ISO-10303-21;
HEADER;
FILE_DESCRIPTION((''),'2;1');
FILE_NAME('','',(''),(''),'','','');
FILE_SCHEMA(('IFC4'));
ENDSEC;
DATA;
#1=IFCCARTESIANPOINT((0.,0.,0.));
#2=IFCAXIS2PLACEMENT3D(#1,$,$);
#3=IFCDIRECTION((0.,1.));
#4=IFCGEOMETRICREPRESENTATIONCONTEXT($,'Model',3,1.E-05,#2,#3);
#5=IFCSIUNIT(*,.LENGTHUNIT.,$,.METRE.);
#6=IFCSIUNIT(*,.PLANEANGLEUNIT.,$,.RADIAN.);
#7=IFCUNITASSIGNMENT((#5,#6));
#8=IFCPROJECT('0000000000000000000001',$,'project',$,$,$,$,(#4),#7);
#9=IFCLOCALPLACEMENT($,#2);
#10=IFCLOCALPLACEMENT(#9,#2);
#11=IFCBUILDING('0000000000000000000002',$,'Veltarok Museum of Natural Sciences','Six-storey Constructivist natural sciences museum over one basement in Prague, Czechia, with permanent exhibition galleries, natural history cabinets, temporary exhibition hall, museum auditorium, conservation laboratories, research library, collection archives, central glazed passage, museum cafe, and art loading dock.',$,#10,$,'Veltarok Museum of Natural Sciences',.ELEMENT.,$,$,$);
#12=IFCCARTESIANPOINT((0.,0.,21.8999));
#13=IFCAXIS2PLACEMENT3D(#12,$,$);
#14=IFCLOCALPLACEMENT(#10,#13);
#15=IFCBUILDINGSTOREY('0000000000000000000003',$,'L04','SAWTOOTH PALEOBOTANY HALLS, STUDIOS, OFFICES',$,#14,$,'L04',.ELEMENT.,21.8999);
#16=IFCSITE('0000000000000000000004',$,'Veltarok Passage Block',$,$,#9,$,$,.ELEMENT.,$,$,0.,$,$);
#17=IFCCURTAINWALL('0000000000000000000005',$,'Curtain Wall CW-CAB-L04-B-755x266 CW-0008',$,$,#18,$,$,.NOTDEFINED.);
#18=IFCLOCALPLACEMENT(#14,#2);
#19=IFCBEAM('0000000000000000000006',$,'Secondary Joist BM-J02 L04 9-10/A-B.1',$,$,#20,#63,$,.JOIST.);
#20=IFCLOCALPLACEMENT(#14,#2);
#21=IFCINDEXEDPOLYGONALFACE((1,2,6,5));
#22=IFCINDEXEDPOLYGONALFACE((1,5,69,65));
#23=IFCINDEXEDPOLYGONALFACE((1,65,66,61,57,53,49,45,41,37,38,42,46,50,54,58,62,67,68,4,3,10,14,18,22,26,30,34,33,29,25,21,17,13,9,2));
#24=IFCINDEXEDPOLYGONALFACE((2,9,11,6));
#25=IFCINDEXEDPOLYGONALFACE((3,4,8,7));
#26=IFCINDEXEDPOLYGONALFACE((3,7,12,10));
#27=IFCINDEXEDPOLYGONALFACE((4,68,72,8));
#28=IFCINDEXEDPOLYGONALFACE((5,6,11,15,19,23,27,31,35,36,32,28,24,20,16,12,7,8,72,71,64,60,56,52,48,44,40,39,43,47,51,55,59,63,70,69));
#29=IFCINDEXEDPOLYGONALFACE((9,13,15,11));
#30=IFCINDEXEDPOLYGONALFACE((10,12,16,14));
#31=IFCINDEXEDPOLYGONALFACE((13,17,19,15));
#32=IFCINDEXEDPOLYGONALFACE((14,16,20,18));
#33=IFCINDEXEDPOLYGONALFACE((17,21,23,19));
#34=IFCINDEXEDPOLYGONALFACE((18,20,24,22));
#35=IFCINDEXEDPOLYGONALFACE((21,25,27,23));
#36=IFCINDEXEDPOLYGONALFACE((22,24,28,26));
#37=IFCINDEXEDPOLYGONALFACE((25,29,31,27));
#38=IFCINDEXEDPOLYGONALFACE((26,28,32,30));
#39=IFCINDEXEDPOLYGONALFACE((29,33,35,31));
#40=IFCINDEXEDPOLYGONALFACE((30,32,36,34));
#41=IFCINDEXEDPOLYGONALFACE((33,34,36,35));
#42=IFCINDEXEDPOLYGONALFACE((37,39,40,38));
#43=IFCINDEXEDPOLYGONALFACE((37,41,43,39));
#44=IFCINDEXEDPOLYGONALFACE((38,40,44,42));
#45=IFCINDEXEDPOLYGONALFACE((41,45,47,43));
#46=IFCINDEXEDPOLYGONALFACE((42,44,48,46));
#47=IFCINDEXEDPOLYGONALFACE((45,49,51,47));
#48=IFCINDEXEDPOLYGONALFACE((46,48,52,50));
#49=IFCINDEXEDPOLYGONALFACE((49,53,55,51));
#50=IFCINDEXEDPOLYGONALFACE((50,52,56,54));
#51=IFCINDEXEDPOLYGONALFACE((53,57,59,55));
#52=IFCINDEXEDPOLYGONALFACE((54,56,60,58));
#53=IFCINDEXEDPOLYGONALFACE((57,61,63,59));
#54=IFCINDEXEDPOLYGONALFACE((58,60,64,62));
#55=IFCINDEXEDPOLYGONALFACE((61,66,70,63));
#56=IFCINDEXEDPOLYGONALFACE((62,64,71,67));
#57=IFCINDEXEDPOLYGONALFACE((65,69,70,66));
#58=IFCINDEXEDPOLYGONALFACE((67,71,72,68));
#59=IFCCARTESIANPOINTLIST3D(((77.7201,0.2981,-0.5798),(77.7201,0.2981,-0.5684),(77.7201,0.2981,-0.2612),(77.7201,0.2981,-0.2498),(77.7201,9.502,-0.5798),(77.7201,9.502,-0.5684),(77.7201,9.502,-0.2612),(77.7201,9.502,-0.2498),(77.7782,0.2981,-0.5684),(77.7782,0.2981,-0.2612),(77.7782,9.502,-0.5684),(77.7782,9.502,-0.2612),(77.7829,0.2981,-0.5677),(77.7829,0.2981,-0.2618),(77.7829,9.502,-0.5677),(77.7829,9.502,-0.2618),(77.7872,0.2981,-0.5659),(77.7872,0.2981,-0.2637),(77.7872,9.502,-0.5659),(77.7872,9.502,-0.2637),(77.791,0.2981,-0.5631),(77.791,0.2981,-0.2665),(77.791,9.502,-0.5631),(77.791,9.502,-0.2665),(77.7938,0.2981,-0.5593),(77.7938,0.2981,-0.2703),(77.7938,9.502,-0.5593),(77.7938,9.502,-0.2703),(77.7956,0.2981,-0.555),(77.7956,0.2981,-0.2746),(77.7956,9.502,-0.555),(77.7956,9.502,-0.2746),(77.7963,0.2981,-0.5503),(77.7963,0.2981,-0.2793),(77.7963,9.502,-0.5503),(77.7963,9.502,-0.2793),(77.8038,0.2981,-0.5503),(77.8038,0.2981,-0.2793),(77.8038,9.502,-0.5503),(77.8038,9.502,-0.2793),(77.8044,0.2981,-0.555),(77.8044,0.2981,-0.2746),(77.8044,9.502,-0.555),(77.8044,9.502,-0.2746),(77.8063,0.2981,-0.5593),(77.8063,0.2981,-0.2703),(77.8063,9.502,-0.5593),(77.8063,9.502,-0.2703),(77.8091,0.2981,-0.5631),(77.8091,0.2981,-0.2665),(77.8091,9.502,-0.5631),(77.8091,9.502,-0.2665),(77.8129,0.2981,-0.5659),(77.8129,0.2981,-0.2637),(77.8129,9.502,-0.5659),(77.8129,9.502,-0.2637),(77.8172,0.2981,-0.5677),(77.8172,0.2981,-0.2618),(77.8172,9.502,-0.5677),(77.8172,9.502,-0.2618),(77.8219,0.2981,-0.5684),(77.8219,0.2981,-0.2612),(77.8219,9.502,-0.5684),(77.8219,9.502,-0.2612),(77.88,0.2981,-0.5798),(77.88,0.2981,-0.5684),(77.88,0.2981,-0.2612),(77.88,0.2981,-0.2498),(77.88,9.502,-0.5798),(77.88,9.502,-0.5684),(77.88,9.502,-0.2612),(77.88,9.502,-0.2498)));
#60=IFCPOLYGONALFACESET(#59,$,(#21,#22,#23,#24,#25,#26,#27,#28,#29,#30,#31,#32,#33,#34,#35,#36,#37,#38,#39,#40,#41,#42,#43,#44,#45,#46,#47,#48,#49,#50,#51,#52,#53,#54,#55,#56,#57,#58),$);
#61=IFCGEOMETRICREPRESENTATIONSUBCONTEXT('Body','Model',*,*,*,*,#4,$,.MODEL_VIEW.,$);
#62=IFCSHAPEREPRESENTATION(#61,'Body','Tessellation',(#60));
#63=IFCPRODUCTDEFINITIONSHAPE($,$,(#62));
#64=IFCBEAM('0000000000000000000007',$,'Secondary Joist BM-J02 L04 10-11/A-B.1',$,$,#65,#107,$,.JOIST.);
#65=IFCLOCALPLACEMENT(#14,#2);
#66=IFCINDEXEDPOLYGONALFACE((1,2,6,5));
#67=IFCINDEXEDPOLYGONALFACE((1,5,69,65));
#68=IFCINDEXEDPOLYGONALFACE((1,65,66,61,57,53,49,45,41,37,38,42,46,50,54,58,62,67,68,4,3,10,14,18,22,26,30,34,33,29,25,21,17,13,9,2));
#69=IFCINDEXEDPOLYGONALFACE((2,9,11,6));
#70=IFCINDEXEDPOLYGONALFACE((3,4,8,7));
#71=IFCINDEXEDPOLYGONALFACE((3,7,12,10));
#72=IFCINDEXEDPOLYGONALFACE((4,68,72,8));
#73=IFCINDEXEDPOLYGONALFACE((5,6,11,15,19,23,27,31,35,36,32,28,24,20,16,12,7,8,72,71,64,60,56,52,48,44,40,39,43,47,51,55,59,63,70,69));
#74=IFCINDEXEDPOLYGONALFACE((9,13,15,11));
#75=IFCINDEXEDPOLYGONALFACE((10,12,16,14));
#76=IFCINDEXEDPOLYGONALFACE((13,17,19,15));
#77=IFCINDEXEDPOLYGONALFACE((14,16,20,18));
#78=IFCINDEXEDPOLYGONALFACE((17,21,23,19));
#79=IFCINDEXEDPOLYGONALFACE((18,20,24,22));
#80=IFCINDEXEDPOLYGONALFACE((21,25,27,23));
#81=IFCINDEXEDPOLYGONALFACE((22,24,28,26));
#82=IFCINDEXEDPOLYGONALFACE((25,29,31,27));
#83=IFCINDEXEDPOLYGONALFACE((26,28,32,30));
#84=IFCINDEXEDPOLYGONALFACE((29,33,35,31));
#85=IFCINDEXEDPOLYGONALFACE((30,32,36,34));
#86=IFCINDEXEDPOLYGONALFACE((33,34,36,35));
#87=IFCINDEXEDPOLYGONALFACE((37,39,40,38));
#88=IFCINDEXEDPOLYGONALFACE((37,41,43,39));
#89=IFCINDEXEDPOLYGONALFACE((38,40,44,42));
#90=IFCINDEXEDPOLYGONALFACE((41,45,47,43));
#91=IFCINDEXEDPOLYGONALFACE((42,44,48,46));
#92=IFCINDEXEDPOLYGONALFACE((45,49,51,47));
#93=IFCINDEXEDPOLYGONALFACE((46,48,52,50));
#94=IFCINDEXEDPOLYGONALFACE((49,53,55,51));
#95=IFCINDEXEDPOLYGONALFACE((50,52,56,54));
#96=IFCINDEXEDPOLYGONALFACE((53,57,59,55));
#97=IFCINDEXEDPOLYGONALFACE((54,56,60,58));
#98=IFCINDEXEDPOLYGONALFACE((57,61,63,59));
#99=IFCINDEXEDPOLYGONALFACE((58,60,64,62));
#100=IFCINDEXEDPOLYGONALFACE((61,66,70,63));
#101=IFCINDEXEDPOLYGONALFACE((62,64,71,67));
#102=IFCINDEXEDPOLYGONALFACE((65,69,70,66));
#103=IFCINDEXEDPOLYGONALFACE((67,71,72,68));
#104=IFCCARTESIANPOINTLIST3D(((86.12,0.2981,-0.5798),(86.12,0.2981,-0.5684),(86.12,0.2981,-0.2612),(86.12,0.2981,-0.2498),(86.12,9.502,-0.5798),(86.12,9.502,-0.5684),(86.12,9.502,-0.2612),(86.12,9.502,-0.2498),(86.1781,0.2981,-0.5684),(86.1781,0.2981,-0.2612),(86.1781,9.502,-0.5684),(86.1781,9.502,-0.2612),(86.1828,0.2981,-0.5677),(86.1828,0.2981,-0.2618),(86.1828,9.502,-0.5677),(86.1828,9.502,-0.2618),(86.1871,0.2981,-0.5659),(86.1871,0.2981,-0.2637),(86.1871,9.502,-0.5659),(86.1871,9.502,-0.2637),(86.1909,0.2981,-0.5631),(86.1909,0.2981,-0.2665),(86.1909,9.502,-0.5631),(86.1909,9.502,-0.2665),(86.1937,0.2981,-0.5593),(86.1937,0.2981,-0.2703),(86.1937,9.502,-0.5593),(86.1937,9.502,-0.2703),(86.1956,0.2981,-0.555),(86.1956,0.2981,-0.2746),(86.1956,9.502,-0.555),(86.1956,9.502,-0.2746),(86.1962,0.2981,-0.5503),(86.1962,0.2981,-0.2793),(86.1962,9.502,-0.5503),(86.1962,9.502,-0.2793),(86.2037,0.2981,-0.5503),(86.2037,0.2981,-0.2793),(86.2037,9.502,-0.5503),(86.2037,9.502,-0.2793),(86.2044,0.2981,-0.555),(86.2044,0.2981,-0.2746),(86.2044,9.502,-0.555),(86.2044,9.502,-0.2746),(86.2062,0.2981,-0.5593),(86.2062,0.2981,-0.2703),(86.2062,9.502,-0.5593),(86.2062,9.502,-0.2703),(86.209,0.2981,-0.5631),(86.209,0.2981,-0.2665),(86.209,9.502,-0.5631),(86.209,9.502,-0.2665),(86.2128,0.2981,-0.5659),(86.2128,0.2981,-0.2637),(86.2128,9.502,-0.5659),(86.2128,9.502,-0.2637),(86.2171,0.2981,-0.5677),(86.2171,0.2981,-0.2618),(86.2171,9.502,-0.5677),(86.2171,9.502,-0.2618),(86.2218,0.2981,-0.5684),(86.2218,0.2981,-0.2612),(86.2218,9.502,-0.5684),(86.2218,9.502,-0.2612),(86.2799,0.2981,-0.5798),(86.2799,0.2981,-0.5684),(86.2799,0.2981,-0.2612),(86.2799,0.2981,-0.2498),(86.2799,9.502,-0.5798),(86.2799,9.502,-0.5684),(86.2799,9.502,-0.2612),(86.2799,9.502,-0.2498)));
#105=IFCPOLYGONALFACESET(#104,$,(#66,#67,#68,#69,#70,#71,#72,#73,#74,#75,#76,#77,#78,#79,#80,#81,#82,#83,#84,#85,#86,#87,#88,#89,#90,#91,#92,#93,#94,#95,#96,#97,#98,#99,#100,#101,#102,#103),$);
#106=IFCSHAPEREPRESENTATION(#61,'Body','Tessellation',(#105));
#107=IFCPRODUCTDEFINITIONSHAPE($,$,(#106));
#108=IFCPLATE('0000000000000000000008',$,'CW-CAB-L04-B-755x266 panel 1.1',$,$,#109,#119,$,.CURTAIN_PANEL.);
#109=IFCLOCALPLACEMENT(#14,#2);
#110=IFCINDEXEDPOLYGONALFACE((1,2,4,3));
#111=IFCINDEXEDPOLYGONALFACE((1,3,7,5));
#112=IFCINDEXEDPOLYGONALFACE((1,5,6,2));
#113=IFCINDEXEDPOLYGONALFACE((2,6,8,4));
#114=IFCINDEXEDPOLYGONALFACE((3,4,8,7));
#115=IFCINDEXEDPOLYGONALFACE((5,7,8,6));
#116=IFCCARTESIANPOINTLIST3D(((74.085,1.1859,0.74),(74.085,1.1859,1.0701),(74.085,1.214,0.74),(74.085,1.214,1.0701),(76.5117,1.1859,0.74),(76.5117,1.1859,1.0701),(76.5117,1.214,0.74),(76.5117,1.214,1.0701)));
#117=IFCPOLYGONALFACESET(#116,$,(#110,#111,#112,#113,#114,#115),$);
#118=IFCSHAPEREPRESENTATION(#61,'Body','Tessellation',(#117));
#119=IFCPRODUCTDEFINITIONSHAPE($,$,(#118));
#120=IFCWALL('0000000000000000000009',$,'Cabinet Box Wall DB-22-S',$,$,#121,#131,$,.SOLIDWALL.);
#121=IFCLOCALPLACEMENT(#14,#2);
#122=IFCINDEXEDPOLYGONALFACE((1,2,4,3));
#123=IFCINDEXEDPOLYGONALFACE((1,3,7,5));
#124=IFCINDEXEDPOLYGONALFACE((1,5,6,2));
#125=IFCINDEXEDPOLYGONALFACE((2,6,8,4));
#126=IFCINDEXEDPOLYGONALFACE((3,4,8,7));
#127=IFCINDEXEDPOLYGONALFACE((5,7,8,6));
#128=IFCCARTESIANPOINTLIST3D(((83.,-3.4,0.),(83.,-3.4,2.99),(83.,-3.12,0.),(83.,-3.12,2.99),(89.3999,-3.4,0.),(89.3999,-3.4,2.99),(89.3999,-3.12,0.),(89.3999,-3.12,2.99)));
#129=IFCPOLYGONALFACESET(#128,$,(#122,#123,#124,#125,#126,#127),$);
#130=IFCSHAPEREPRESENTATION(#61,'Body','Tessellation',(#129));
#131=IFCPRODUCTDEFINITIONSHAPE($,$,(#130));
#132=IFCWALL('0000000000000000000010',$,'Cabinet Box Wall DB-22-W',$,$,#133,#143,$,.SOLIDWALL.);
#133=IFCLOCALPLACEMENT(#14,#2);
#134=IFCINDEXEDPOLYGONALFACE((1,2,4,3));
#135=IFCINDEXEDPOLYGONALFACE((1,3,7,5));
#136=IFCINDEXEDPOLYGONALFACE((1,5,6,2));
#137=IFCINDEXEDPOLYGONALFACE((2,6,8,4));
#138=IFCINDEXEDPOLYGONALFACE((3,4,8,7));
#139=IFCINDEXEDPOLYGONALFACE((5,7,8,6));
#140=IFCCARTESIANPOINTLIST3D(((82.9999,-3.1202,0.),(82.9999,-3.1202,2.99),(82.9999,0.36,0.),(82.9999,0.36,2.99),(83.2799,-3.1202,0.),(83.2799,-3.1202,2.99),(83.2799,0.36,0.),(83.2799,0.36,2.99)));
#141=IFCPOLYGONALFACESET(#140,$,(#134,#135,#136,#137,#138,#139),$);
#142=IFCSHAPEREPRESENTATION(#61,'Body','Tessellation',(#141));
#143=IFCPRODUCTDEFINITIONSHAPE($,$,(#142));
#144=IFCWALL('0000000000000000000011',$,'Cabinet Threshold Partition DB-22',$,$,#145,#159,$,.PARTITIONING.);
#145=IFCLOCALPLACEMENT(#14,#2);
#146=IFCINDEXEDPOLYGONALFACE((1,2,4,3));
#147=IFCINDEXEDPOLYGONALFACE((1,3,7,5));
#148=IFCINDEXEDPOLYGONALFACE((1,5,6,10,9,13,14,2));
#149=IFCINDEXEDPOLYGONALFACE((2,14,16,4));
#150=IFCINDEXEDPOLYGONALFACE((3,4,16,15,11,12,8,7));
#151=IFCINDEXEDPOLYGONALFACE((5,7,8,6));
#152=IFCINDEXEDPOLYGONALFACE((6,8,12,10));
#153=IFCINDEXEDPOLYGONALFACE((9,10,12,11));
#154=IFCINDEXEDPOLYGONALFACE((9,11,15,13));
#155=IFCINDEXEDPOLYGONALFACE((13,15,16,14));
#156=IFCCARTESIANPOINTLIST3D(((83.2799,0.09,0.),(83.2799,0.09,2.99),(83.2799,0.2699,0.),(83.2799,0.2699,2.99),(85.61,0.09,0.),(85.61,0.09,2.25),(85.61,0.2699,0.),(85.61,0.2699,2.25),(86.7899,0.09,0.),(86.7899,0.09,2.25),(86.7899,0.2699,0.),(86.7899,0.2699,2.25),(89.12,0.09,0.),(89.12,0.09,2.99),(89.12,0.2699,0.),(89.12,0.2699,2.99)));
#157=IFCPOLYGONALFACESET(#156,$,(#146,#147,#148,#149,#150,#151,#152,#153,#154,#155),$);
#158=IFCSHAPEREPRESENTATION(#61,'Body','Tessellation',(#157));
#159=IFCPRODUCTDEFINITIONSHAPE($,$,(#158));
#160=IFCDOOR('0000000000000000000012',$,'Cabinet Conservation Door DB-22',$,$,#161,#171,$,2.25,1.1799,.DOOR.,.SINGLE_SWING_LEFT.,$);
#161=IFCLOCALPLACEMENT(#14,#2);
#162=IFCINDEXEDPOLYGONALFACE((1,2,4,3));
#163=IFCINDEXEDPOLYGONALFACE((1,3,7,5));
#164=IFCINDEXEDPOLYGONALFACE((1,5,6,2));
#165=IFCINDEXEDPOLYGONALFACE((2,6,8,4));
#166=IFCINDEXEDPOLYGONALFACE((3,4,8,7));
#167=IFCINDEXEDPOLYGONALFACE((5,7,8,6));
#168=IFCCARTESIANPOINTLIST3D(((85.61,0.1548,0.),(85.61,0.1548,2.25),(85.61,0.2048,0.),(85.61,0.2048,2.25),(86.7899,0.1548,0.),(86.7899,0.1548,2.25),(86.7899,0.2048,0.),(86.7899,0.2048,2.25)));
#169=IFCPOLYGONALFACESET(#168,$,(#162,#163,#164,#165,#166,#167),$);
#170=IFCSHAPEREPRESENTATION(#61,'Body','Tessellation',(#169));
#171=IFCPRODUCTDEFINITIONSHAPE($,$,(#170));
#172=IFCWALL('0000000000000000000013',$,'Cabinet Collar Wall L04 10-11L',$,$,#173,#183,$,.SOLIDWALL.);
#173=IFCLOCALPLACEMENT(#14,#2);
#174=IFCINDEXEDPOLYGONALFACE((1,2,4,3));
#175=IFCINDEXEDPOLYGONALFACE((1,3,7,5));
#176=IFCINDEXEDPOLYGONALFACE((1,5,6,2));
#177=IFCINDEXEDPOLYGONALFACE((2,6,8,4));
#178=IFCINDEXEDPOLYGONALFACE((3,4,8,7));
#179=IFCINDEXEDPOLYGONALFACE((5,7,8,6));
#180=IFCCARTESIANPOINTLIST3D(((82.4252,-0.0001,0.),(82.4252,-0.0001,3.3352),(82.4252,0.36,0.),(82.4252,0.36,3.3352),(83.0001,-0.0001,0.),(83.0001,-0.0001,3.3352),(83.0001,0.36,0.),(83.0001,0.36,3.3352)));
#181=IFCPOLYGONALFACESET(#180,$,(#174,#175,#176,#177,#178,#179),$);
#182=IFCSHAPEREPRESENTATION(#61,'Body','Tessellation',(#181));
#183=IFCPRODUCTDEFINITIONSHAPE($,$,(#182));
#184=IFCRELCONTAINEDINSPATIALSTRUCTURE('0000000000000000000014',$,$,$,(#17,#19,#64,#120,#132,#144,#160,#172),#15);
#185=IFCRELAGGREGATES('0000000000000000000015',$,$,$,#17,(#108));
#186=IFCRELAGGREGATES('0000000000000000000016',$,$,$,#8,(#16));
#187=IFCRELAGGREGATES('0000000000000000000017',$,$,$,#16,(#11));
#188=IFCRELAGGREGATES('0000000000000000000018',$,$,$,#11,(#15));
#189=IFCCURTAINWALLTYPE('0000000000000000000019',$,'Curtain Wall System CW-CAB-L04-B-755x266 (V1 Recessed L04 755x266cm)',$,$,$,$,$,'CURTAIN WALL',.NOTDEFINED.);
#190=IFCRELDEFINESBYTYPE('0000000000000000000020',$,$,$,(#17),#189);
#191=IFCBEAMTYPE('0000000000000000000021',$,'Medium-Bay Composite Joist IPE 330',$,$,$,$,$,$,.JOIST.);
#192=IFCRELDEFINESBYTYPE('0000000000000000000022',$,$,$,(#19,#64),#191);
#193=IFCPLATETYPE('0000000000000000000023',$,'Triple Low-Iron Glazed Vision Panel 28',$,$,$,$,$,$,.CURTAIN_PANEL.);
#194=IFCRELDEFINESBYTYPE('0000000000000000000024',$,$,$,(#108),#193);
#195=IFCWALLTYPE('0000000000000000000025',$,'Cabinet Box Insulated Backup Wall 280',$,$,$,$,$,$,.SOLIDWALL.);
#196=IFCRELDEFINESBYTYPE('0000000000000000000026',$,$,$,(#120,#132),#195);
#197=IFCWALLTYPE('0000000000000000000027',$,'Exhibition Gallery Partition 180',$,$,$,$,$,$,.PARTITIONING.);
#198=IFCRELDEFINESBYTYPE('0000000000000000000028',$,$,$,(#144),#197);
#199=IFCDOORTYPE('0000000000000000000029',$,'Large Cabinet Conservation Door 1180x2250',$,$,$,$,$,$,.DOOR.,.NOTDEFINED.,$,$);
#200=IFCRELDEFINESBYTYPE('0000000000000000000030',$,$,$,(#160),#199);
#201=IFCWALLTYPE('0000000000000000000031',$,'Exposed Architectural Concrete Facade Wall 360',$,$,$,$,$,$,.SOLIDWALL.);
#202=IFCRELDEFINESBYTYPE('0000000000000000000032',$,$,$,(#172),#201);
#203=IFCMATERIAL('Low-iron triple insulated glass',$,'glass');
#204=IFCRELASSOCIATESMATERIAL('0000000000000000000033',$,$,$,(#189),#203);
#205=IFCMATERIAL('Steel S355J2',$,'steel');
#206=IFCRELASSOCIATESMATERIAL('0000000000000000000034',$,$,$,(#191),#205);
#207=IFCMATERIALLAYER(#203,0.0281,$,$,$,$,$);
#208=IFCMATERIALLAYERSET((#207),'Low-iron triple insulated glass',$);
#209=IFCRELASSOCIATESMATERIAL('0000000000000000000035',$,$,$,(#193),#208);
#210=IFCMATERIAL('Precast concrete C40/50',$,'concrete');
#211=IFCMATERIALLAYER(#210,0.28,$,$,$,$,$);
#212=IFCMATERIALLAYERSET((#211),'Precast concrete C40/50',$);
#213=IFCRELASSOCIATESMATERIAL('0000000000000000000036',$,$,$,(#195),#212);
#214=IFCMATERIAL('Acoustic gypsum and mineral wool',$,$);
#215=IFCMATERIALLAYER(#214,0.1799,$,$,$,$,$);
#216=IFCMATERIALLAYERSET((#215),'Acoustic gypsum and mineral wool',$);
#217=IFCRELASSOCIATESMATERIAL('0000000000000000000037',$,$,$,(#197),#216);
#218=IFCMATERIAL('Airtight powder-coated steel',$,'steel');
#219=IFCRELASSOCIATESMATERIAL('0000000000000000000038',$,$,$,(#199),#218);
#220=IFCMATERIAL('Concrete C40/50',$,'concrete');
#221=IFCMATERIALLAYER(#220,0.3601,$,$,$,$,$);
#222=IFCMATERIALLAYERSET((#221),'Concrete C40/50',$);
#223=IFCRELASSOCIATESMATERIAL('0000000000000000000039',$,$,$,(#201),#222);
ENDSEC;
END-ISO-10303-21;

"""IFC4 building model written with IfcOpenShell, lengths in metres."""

from ifc_helpers import new_model, si_unit, direction, frame, frame_2d, origin, origin_2d, place, context, subcontext, project, spatial, rectangle, i_section, extrude, material, layer, layer_set, material_profile, profile_set, type_object, element, fill, aggregate, save


model = new_model("IFC4")

# Units and contexts
model_context = context("Model", 3, precision=1e-05, world=origin(), true_north=direction((0.0, 1.0)))
body_context = subcontext(model_context, "Body", "Model", "MODEL_VIEW")
ifc_project = project(units=[si_unit("LENGTHUNIT", "METRE"), si_unit("PLANEANGLEUNIT", "RADIAN")], contexts=[model_context])

# Site, building, storey
site_placement = place(None, origin())
site = spatial("IfcSite", under=ifc_project, at=site_placement, Name="Veltarok Passage Block", CompositionType="ELEMENT", RefElevation=0.0)
building_placement = place(site_placement, origin())
building = spatial("IfcBuilding", under=site, at=building_placement, Name="Veltarok Museum of Natural Sciences", Description="Six-storey Constructivist natural sciences museum over one basement in Prague, Czechia, with permanent exhibition galleries, natural history cabinets, temporary exhibition hall, museum auditorium, conservation laboratories, research library, collection archives, central glazed passage, museum cafe, and art loading dock.", LongName="Veltarok Museum of Natural Sciences", CompositionType="ELEMENT")
storey_placement = place(building_placement, frame((0.0, 0.0, 21.8999)))
storey = spatial("IfcBuildingStorey", under=building, at=storey_placement, Name="L04", Description="SAWTOOTH PALEOBOTANY HALLS, STUDIOS, OFFICES", LongName="L04", CompositionType="ELEMENT", Elevation=21.8999)

# Shared definitions
ifc_material_1 = material(Name="Concrete C40/50", Category="concrete")

# Shared definitions
ifc_material_2 = material(Name="Steel S355J2", Category="steel")

# Curtain wall
ifc_material_3 = material(Name="Low-iron triple insulated glass", Category="glass")
curtain_wall_type = type_object("IfcCurtainWallType", Name="Curtain Wall System CW-CAB-L04-B-755x266 (V1 Recessed L04 755x266cm)", ElementType="CURTAIN WALL", PredefinedType="NOTDEFINED", material=ifc_material_3)
curtain_wall_placement = place(storey_placement, origin())
curtain_wall = element("IfcCurtainWall", 1, at=curtain_wall_placement, inside=storey, type_object=curtain_wall_type, Name="Curtain Wall CW-CAB-L04-B-755x266 CW-0008", PredefinedType="NOTDEFINED")

# Beams
ifc_material_profile_1 = material_profile(ifc_material_2, i_section(OverallWidth=0.1599, OverallDepth=0.3301, WebThickness=0.0076, FlangeThickness=0.0115, FilletRadius=0.0181, at=origin_2d()), Name="IPE 330")
ifc_profile_set_1 = profile_set([ifc_material_profile_1], Name="Steel S355J2")
beam_type_1 = type_object("IfcBeamType", Name="Medium-Bay Composite Joist IPE 330", PredefinedType="JOIST", material=ifc_profile_set_1)
for number, where, z_axis, x_axis, name in (
    (2, (77.8, 0.2981, -0.4148), (0.0, 1.0, 0.0), (-1.0, 0.0, 0.0), "Secondary Joist BM-J02 L04 9-10/A-B.1"),
    (3, (86.2, 0.2981, -0.4148), (0.0, 1.0, 0.0), (-1.0, 0.0, 0.0), "Secondary Joist BM-J02 L04 10-11/A-B.1"),
):
    element("IfcBeam", number, at=place(storey_placement, frame(where, z_axis=z_axis, x_axis=x_axis)), inside=storey, type_object=beam_type_1, Name=name, PredefinedType="JOIST", context=body_context, shape_type="SweptSolid", body=[
        extrude(i_section(OverallWidth=0.1599, OverallDepth=0.3301, WebThickness=0.0076, FlangeThickness=0.0115, FilletRadius=0.0181, at=origin_2d()), origin(), (0.0, 0.0, 1.0), 9.2039),
    ])

# Plate
ifc_layer_1 = layer(ifc_material_3, 0.0281)
ifc_layer_set_1 = layer_set([ifc_layer_1], Name="Low-iron triple insulated glass")
plate_type = type_object("IfcPlateType", Name="Triple Low-Iron Glazed Vision Panel 28", PredefinedType="CURTAIN_PANEL", material=ifc_layer_set_1)
plate_placement = place(storey_placement, frame((75.2983, 1.2, 0.74), z_axis=(0.0, 0.0, 1.0), x_axis=(1.0, 0.0, 0.0)))
plate = element("IfcPlate", 4, at=plate_placement, type_object=plate_type, Name="CW-CAB-L04-B-755x266 panel 1.1", PredefinedType="CURTAIN_PANEL", context=body_context, shape_type="SweptSolid", body=[
    extrude(rectangle(XDim=2.4268, YDim=0.0281, at=origin_2d()), origin(), (0.0, 0.0, 1.0), 0.3301),
])
aggregate(curtain_wall, [plate])

# Walls
ifc_material_4 = material(Name="Precast concrete C40/50", Category="concrete")
ifc_layer_2 = layer(ifc_material_4, 0.28)
ifc_layer_set_2 = layer_set([ifc_layer_2], Name="Precast concrete C40/50")
wall_type_1 = type_object("IfcWallType", Name="Cabinet Box Insulated Backup Wall 280", PredefinedType="SOLIDWALL", material=ifc_layer_set_2)
wall_1_placement = place(storey_placement, frame((83.0, -3.26, 0.0), z_axis=(0.0, 0.0, 1.0), x_axis=(1.0, 0.0, 0.0)))
element("IfcWall", 5, at=wall_1_placement, inside=storey, type_object=wall_type_1, Name="Cabinet Box Wall DB-22-S", PredefinedType="SOLIDWALL", context=body_context, shape_type="SweptSolid", body=[
    extrude(rectangle(XDim=6.3999, YDim=0.28, at=frame_2d((3.2, 0.0))), origin(), (0.0, 0.0, 1.0), 2.99),
])
wall_2_placement = place(storey_placement, frame((83.1399, 0.3601, 0.0), z_axis=(0.0, 0.0, 1.0), x_axis=(0.0, -1.0, 0.0)))
element("IfcWall", 6, at=wall_2_placement, inside=storey, type_object=wall_type_1, Name="Cabinet Box Wall DB-22-W", PredefinedType="SOLIDWALL", context=body_context, shape_type="SweptSolid", body=[
    extrude(rectangle(XDim=3.4802, YDim=0.28, at=frame_2d((1.7402, 0.0))), origin(), (0.0, 0.0, 1.0), 2.99),
])

# Wall, opening, door
ifc_material_5 = material(Name="Acoustic gypsum and mineral wool")
ifc_layer_3 = layer(ifc_material_5, 0.1799)
ifc_layer_set_3 = layer_set([ifc_layer_3], Name="Acoustic gypsum and mineral wool")
wall_type_2 = type_object("IfcWallType", Name="Exhibition Gallery Partition 180", PredefinedType="PARTITIONING", material=ifc_layer_set_3)
wall_3_placement = place(storey_placement, frame((83.28, 0.1799, 0.0), z_axis=(0.0, 0.0, 1.0), x_axis=(1.0, 0.0, 0.0)))
wall_3 = element("IfcWall", 7, at=wall_3_placement, inside=storey, type_object=wall_type_2, Name="Cabinet Threshold Partition DB-22", PredefinedType="PARTITIONING", context=body_context, shape_type="SweptSolid", body=[
    extrude(rectangle(XDim=5.8401, YDim=0.1799, at=frame_2d((2.9199, 0.0))), origin(), (0.0, 0.0, 1.0), 2.99),
])
opening_placement = place(wall_3_placement, frame((2.3301, 0.0, 0.0)))
opening = element("IfcOpeningElement", 8, at=opening_placement, cuts=wall_3, PredefinedType="OPENING", context=body_context, shape_type="SweptSolid", body=[
    extrude(rectangle(XDim=1.1799, YDim=2.25, at=frame_2d((0.5898, 1.125))), frame((0.0, 0.1001, 0.0), z_axis=(0.0, -1.0, 0.0), x_axis=(1.0, 0.0, 0.0)), (0.0, 0.0, 1.0), 0.2),
])
ifc_material_6 = material(Name="Airtight powder-coated steel", Category="steel")
door_type = type_object("IfcDoorType", Name="Large Cabinet Conservation Door 1180x2250", OperationType="NOTDEFINED", PredefinedType="DOOR", material=ifc_material_6)
door_placement = place(opening_placement, origin())
door = element("IfcDoor", 9, at=door_placement, inside=storey, type_object=door_type, Name="Cabinet Conservation Door DB-22", OperationType="SINGLE_SWING_LEFT", OverallHeight=2.25, OverallWidth=1.1799, PredefinedType="DOOR", context=body_context, shape_type="SweptSolid", body=[
    extrude(rectangle(XDim=1.1799, YDim=2.25, at=frame_2d((0.5898, 1.125))), frame((0.0, 0.0249, 0.0), z_axis=(0.0, -1.0, 0.0), x_axis=(1.0, 0.0, 0.0)), (0.0, 0.0, 1.0), 0.05),
])
fill(opening, door)

# Wall
ifc_layer_4 = layer(ifc_material_1, 0.3601)
ifc_layer_set_4 = layer_set([ifc_layer_4], Name="Concrete C40/50")
wall_type_3 = type_object("IfcWallType", Name="Exposed Architectural Concrete Facade Wall 360", PredefinedType="SOLIDWALL", material=ifc_layer_set_4)
wall_4_placement = place(storey_placement, frame((82.425, 0.1799, 0.0), z_axis=(0.0, 0.0, 1.0), x_axis=(1.0, 0.0, 0.0)))
element("IfcWall", 10, at=wall_4_placement, inside=storey, type_object=wall_type_3, Name="Cabinet Collar Wall L04 10-11L", PredefinedType="SOLIDWALL", context=body_context, shape_type="SweptSolid", body=[
    extrude(rectangle(XDim=0.575, YDim=0.3601, at=frame_2d((0.2876, 0.0))), origin(), (0.0, 0.0, 1.0), 3.3352),
])

save(model, "model.ifc")
